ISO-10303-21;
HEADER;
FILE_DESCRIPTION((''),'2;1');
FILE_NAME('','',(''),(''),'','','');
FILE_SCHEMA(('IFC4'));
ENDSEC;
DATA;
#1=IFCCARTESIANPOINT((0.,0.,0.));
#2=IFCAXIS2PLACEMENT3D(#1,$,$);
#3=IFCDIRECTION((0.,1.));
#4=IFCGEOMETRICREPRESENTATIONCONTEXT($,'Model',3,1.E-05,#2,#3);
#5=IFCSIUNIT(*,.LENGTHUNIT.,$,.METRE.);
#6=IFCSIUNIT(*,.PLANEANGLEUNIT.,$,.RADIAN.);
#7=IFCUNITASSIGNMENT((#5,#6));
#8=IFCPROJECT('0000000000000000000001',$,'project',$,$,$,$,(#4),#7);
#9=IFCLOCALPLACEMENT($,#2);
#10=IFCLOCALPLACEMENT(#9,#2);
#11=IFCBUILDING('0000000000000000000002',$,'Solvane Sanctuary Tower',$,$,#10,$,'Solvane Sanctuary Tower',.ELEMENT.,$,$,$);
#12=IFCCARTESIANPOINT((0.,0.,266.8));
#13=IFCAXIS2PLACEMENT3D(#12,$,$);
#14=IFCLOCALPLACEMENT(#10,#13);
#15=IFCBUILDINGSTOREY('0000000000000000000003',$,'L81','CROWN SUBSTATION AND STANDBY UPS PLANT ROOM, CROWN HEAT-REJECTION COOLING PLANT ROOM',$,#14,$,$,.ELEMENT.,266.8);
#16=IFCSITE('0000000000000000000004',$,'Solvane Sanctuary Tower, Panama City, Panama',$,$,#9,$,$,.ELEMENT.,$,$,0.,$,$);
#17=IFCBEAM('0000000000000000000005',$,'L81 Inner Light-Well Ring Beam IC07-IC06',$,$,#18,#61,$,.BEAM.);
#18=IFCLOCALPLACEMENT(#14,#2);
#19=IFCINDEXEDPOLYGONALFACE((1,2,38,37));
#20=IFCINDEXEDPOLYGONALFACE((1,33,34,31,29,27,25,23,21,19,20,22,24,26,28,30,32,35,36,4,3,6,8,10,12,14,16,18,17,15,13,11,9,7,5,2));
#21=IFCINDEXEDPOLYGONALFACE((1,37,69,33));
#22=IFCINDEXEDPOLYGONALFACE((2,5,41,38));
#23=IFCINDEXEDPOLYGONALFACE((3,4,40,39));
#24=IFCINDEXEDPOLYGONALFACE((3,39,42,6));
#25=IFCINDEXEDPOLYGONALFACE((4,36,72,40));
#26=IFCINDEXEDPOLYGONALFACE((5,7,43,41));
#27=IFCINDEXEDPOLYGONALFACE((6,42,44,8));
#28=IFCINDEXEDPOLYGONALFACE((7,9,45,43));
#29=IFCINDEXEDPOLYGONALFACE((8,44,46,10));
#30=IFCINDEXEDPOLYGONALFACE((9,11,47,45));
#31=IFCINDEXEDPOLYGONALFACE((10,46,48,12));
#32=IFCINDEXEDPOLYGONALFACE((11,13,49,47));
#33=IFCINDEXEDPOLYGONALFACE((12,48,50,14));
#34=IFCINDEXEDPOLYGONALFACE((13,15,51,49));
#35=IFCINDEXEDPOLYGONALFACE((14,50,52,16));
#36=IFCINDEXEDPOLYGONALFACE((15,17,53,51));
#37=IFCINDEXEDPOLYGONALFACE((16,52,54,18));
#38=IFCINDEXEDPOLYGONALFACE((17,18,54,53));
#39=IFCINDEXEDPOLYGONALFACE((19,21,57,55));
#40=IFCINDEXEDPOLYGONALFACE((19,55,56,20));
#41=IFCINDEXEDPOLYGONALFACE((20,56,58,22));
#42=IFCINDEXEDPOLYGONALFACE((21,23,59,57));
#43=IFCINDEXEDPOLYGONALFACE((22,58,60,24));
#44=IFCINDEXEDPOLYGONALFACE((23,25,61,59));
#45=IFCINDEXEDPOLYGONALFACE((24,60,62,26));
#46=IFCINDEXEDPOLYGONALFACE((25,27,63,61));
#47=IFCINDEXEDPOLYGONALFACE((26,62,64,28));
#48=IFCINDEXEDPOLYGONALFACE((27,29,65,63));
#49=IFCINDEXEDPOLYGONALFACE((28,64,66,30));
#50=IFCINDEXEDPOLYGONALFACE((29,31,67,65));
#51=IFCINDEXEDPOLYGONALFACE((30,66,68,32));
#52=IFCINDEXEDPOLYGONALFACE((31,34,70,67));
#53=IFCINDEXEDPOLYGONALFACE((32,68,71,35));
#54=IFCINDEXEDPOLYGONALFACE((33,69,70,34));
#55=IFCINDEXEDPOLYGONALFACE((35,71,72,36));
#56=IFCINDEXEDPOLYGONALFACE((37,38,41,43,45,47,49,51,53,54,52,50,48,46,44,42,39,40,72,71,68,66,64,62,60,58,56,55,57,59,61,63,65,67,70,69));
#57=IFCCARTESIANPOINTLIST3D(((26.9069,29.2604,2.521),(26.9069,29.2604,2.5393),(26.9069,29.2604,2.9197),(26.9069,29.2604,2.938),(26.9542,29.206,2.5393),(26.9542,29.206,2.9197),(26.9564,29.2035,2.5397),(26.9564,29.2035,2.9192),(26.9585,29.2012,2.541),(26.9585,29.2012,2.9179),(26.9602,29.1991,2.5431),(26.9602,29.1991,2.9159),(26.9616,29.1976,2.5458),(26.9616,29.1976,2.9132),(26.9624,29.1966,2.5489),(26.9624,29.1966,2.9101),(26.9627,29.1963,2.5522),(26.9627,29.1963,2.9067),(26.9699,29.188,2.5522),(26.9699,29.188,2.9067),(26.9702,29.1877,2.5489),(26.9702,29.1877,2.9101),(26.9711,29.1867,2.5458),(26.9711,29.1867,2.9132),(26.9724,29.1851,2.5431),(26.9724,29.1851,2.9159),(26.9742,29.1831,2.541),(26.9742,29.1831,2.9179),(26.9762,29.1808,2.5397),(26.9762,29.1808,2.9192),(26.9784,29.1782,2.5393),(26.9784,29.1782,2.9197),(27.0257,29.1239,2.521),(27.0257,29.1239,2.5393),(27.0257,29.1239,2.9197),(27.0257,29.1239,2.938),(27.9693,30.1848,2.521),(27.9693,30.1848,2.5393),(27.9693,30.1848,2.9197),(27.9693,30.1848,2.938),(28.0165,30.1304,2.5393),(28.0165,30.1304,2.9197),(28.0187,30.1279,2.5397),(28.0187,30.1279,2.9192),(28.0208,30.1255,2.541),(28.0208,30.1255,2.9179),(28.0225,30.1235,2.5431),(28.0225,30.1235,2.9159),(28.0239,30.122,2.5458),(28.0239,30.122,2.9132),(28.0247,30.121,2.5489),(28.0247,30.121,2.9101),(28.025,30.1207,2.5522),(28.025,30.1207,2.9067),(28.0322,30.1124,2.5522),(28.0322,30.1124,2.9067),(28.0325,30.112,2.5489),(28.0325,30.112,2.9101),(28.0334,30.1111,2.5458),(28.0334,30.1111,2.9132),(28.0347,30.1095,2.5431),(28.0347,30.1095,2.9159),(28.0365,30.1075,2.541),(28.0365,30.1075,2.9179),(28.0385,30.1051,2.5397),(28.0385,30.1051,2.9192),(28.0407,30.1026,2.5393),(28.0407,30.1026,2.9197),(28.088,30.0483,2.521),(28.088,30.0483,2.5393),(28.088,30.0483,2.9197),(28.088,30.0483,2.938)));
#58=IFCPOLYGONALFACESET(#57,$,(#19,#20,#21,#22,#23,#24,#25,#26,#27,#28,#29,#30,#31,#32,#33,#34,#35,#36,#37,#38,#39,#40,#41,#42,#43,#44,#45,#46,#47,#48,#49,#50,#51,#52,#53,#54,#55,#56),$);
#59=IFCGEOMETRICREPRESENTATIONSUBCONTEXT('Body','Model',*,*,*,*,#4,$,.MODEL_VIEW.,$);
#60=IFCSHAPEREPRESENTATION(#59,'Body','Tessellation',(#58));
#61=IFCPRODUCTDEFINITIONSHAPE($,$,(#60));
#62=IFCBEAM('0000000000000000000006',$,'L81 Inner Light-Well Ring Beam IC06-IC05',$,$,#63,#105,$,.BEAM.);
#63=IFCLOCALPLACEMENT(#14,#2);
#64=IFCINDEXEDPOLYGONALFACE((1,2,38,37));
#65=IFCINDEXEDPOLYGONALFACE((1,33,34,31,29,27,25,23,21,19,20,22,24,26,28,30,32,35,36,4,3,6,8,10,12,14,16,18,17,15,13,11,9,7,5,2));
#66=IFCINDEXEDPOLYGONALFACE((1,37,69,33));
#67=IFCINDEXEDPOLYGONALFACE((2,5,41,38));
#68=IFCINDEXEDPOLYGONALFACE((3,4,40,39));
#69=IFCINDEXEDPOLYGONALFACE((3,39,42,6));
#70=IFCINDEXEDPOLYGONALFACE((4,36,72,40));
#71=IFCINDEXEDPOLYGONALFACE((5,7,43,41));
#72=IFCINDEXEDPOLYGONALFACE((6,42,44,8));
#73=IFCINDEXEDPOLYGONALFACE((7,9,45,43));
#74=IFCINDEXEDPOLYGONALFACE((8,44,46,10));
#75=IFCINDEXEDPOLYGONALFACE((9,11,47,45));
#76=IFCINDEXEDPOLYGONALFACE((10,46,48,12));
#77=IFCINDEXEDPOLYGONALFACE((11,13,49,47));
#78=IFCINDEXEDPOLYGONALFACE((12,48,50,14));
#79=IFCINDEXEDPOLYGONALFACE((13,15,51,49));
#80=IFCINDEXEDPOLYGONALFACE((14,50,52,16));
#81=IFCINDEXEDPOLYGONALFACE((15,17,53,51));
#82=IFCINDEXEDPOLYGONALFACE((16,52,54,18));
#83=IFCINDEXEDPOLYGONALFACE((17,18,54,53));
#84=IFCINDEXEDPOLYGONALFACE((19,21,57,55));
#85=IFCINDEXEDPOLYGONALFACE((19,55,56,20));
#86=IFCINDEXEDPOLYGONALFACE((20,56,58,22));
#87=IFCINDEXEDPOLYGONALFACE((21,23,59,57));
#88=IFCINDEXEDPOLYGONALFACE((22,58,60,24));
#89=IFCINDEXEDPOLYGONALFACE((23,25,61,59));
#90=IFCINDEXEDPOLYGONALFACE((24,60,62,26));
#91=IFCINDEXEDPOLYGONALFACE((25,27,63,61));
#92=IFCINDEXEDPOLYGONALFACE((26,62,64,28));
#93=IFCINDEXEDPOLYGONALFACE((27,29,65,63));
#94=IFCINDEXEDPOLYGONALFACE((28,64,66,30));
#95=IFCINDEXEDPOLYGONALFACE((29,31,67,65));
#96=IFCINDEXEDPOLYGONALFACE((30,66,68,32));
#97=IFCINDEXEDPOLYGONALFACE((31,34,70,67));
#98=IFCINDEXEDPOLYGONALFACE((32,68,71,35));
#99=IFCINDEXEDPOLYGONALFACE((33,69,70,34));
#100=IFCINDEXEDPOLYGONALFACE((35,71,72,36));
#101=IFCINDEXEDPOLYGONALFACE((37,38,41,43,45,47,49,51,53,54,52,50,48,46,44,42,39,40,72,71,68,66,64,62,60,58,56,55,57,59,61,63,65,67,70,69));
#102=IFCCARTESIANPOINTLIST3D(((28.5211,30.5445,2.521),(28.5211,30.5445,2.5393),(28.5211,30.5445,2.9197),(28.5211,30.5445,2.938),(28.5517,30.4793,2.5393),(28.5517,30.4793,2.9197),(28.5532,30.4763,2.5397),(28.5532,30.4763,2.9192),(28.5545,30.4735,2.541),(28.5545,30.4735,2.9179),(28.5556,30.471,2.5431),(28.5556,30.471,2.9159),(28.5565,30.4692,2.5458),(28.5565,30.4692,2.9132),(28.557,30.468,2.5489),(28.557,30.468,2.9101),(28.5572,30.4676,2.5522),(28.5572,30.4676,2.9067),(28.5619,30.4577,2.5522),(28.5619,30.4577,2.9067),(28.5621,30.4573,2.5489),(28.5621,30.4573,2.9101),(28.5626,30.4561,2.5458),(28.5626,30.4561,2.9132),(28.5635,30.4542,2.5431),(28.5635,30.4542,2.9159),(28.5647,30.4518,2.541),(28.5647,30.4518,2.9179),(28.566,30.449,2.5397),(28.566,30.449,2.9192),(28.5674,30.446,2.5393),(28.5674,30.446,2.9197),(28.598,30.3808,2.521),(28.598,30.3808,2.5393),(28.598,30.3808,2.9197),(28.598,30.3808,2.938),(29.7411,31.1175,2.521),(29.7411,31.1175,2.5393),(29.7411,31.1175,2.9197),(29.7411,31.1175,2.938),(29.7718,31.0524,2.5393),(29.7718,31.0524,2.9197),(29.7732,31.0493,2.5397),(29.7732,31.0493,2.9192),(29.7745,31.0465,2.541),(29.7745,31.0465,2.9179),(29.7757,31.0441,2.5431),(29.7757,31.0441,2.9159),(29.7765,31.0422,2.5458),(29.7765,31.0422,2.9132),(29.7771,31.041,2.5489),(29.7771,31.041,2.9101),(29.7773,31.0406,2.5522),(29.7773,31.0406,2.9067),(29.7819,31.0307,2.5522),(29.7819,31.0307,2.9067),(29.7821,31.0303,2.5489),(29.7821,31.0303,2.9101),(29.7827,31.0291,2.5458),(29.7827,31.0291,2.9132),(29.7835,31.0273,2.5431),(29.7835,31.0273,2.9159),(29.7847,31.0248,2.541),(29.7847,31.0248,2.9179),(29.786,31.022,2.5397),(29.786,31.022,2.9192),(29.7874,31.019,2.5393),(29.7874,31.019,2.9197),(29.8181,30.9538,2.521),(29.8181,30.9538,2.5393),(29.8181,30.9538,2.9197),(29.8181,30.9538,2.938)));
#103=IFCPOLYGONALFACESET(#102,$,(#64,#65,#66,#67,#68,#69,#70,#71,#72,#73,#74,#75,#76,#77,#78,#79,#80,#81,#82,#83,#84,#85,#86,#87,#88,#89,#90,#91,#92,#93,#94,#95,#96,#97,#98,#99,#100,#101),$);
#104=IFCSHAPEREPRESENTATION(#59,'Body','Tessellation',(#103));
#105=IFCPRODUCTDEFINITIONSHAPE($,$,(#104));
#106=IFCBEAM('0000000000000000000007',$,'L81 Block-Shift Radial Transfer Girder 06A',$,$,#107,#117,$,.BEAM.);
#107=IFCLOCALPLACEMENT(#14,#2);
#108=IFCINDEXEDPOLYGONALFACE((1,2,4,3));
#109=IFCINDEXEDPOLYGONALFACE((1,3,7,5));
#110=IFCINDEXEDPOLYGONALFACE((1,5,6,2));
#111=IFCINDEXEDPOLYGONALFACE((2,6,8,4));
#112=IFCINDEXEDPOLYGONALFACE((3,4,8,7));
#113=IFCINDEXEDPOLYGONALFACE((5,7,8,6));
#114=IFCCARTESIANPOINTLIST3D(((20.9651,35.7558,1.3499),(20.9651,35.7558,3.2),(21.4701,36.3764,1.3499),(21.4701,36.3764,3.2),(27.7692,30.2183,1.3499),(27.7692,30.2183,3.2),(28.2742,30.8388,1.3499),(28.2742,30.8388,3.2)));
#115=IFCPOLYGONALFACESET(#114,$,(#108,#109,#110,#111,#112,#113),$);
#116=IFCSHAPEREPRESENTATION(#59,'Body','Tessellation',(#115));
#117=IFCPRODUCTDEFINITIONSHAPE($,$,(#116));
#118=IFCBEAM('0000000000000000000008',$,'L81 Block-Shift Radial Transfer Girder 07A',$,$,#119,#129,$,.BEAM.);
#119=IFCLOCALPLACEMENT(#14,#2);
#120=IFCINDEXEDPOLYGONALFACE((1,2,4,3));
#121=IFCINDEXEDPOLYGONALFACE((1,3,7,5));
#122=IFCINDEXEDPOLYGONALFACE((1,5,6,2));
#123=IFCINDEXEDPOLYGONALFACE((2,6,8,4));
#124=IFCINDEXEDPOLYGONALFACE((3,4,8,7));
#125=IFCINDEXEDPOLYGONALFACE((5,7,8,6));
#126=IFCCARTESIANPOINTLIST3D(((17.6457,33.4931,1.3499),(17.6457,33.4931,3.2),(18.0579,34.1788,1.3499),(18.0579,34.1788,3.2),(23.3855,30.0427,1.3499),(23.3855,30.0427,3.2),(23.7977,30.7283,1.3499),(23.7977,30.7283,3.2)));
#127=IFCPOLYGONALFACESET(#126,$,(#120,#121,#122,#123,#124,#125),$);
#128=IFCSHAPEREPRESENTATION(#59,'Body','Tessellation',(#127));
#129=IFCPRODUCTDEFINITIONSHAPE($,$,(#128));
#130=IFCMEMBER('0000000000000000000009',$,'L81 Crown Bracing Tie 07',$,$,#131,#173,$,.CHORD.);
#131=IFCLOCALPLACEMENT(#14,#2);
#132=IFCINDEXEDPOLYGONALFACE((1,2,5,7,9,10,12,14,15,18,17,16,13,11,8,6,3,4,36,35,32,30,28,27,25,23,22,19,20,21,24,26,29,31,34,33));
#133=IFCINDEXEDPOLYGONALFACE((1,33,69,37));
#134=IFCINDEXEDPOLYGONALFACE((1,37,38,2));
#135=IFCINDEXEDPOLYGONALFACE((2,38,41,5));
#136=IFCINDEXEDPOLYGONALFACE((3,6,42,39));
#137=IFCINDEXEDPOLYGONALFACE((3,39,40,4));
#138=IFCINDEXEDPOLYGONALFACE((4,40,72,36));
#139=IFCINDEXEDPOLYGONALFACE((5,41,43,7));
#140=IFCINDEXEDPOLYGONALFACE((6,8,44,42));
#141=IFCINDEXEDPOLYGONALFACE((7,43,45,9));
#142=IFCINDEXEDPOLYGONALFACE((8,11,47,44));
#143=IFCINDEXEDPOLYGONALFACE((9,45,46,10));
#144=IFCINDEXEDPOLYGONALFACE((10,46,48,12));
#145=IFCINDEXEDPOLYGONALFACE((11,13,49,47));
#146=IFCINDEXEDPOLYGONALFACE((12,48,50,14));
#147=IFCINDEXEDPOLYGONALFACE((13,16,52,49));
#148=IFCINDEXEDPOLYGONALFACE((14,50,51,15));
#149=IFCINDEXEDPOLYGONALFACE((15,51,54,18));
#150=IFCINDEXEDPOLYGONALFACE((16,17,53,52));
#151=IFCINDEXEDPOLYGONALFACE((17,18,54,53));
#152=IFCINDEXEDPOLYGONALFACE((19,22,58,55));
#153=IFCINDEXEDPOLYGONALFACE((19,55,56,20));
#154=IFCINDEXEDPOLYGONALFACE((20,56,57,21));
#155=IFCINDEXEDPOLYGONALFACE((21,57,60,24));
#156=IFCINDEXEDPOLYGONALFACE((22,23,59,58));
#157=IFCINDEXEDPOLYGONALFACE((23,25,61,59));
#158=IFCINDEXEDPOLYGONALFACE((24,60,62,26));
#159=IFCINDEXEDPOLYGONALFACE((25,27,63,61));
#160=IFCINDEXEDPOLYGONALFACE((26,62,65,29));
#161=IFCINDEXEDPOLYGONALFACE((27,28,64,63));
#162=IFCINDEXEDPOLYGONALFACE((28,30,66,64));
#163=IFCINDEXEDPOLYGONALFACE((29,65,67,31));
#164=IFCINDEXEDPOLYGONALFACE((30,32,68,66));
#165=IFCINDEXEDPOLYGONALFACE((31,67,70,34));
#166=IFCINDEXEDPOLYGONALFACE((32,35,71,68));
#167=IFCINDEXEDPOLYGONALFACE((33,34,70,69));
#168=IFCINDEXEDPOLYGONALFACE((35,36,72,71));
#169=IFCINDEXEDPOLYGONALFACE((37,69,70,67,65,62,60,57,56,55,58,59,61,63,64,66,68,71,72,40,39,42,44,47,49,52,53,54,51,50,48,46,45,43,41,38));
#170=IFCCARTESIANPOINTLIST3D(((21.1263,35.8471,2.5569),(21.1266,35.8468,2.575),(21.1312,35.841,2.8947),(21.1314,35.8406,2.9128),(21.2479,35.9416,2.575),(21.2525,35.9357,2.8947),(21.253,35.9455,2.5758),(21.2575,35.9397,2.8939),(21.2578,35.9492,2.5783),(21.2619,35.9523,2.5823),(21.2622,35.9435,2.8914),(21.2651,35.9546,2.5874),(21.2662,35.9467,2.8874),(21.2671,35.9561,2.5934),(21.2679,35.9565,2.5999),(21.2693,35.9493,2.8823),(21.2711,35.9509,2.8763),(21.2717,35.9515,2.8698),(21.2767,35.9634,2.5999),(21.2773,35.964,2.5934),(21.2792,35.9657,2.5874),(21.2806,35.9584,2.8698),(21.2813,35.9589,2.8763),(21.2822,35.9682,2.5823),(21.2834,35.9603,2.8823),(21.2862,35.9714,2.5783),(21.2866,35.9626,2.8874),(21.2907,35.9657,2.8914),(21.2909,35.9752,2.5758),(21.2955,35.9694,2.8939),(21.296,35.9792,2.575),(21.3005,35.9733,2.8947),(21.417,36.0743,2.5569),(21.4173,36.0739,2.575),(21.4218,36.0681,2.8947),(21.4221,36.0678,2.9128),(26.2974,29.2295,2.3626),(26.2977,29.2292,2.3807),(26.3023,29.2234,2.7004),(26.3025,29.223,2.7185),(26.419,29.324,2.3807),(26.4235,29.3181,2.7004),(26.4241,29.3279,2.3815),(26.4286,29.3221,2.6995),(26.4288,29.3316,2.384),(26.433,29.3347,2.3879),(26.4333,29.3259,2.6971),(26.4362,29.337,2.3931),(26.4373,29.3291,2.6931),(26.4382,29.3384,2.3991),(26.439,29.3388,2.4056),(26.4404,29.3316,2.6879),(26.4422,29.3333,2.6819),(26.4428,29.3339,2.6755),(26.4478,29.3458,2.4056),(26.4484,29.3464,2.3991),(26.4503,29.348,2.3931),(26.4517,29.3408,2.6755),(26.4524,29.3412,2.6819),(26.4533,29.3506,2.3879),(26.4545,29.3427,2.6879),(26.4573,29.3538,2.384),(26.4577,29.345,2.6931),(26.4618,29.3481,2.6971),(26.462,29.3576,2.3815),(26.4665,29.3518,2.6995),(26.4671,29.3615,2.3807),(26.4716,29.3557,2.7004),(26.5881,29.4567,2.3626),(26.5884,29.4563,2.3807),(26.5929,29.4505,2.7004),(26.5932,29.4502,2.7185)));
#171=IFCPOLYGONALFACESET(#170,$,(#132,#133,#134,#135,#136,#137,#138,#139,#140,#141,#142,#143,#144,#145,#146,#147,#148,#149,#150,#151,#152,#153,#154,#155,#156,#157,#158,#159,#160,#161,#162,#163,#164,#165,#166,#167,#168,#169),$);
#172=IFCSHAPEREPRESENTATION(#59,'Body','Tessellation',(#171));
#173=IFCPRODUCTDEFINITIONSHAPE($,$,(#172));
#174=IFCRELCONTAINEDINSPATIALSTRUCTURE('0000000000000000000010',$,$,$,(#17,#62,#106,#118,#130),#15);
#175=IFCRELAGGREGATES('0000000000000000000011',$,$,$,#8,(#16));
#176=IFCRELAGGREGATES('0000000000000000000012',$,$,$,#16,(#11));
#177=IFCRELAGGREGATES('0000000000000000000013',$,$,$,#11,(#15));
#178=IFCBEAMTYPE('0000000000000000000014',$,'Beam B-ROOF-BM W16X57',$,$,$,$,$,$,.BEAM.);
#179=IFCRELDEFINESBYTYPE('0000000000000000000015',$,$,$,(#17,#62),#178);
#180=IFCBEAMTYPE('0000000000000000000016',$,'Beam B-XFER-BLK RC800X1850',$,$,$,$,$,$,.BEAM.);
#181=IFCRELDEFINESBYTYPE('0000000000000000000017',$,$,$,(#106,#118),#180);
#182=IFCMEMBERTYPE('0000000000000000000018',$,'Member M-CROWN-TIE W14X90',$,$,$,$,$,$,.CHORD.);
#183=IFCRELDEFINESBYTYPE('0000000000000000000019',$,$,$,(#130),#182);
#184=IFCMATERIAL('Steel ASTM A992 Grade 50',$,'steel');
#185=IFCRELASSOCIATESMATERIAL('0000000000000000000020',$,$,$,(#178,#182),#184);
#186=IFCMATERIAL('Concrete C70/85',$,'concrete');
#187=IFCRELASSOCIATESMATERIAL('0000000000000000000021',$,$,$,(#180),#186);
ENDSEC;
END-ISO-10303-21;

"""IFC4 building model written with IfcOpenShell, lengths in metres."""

from ifc_helpers import new_model, si_unit, direction, frame, origin, origin_2d, place, context, subcontext, project, spatial, rectangle, i_section, extrude, material, material_profile, profile_set, type_object, element, save


model = new_model("IFC4")

# Units and contexts
model_context = context("Model", 3, precision=1e-05, world=origin(), true_north=direction((0.0, 1.0)))
body_context = subcontext(model_context, "Body", "Model", "MODEL_VIEW")
ifc_project = project(units=[si_unit("LENGTHUNIT", "METRE"), si_unit("PLANEANGLEUNIT", "RADIAN")], contexts=[model_context])

# Site, building, storey
site_placement = place(None, origin())
site = spatial("IfcSite", under=ifc_project, at=site_placement, Name="Solvane Sanctuary Tower, Panama City, Panama", CompositionType="ELEMENT", RefElevation=0.0)
building_placement = place(site_placement, origin())
building = spatial("IfcBuilding", under=site, at=building_placement, Name="Solvane Sanctuary Tower", LongName="Solvane Sanctuary Tower", CompositionType="ELEMENT")
storey_placement = place(building_placement, frame((0.0, 0.0, 266.8)))
storey = spatial("IfcBuildingStorey", under=building, at=storey_placement, Name="L81", Description="CROWN SUBSTATION AND STANDBY UPS PLANT ROOM, CROWN HEAT-REJECTION COOLING PLANT ROOM", CompositionType="ELEMENT", Elevation=266.8)

# Shared definitions
ifc_material_1 = material(Name="Concrete C70/85", Category="concrete")

# Beams
ifc_material_2 = material(Name="Steel ASTM A992 Grade 50", Category="steel")
ifc_material_profile_1 = material_profile(ifc_material_2, i_section(OverallWidth=0.1809, OverallDepth=0.417, WebThickness=0.011, FlangeThickness=0.0183, FilletRadius=0.0129, at=origin_2d()), Name="W16X57")
ifc_profile_set_1 = profile_set([ifc_material_profile_1], Name="Steel ASTM A992 Grade 50")
beam_type_1 = type_object("IfcBeamType", Name="Beam B-ROOF-BM W16X57", PredefinedType="BEAM", material=ifc_profile_set_1)
beam_1_placement = place(storey_placement, frame((26.9663, 29.1921, 2.7295), z_axis=(0.754389, 0.656428, 0.0), x_axis=(-0.656428, 0.754389, 0.0)))
element("IfcBeam", 1, at=beam_1_placement, inside=storey, type_object=beam_type_1, Name="L81 Inner Light-Well Ring Beam IC07-IC06", PredefinedType="BEAM", context=body_context, shape_type="SweptSolid", body=[
    extrude(i_section(OverallWidth=0.1809, OverallDepth=0.417, WebThickness=0.011, FlangeThickness=0.0183, FilletRadius=0.0129, at=origin_2d()), origin(), (0.0, 0.0, 1.0), 1.4082),
])
beam_2_placement = place(storey_placement, frame((28.5596, 30.4626, 2.7295), z_axis=(0.905135, 0.425125, 0.0), x_axis=(-0.425125, 0.905135, 0.0)))
element("IfcBeam", 2, at=beam_2_placement, inside=storey, type_object=beam_type_1, Name="L81 Inner Light-Well Ring Beam IC06-IC05", PredefinedType="BEAM", context=body_context, shape_type="SweptSolid", body=[
    extrude(i_section(OverallWidth=0.1809, OverallDepth=0.417, WebThickness=0.011, FlangeThickness=0.0183, FilletRadius=0.0129, at=origin_2d()), origin(), (0.0, 0.0, 1.0), 1.3479),
])
ifc_material_profile_2 = material_profile(ifc_material_1, rectangle(XDim=0.8, YDim=1.8501, at=origin_2d()), Name="RC800X1850")
ifc_profile_set_2 = profile_set([ifc_material_profile_2], Name="Concrete C70/85")
beam_type_2 = type_object("IfcBeamType", Name="Beam B-XFER-BLK RC800X1850", PredefinedType="BEAM", material=ifc_profile_set_2)
beam_3_placement = place(storey_placement, frame((28.0217, 30.5286, 2.2749), z_axis=(-0.775601, 0.631223, 0.0), x_axis=(-0.631223, -0.775601, 0.0)))
element("IfcBeam", 3, at=beam_3_placement, inside=storey, type_object=beam_type_2, Name="L81 Block-Shift Radial Transfer Girder 06A", PredefinedType="BEAM", context=body_context, shape_type="SweptSolid", body=[
    extrude(rectangle(XDim=0.8, YDim=1.8501, at=origin_2d()), origin(), (0.0, 0.0, 1.0), 8.7727),
])
beam_4_placement = place(storey_placement, frame((23.5916, 30.3855, 2.2749), z_axis=(-0.857058, 0.515219, 0.0), x_axis=(-0.515219, -0.857058, 0.0)))
element("IfcBeam", 4, at=beam_4_placement, inside=storey, type_object=beam_type_2, Name="L81 Block-Shift Radial Transfer Girder 07A", PredefinedType="BEAM", context=body_context, shape_type="SweptSolid", body=[
    extrude(rectangle(XDim=0.8, YDim=1.8501, at=origin_2d()), origin(), (0.0, 0.0, 1.0), 6.697),
])

# Member
ifc_material_profile_3 = material_profile(ifc_material_2, i_section(OverallWidth=0.3689, OverallDepth=0.356, WebThickness=0.0112, FlangeThickness=0.0181, FilletRadius=0.0249, at=origin_2d()), Name="W14X90")
ifc_profile_set_3 = profile_set([ifc_material_profile_3], Name="Steel ASTM A992 Grade 50")
member_type = type_object("IfcMemberType", Name="Member M-CROWN-TIE W14X90", PredefinedType="CHORD", material=ifc_profile_set_3)
member_placement = place(storey_placement, frame((26.4453, 29.3398, 2.5405), z_axis=(-0.615559, 0.787751, 0.023133), x_axis=(-0.787962, -0.615724, 0.0)))
element("IfcMember", 5, at=member_placement, inside=storey, type_object=member_type, Name="L81 Crown Bracing Tie 07", PredefinedType="CHORD", context=body_context, shape_type="SweptSolid", body=[
    extrude(i_section(OverallWidth=0.3689, OverallDepth=0.356, WebThickness=0.0112, FlangeThickness=0.0181, FilletRadius=0.0249, at=origin_2d()), origin(), (0.0, 0.0, 1.0), 8.4006),
])

save(model, "model.ifc")
